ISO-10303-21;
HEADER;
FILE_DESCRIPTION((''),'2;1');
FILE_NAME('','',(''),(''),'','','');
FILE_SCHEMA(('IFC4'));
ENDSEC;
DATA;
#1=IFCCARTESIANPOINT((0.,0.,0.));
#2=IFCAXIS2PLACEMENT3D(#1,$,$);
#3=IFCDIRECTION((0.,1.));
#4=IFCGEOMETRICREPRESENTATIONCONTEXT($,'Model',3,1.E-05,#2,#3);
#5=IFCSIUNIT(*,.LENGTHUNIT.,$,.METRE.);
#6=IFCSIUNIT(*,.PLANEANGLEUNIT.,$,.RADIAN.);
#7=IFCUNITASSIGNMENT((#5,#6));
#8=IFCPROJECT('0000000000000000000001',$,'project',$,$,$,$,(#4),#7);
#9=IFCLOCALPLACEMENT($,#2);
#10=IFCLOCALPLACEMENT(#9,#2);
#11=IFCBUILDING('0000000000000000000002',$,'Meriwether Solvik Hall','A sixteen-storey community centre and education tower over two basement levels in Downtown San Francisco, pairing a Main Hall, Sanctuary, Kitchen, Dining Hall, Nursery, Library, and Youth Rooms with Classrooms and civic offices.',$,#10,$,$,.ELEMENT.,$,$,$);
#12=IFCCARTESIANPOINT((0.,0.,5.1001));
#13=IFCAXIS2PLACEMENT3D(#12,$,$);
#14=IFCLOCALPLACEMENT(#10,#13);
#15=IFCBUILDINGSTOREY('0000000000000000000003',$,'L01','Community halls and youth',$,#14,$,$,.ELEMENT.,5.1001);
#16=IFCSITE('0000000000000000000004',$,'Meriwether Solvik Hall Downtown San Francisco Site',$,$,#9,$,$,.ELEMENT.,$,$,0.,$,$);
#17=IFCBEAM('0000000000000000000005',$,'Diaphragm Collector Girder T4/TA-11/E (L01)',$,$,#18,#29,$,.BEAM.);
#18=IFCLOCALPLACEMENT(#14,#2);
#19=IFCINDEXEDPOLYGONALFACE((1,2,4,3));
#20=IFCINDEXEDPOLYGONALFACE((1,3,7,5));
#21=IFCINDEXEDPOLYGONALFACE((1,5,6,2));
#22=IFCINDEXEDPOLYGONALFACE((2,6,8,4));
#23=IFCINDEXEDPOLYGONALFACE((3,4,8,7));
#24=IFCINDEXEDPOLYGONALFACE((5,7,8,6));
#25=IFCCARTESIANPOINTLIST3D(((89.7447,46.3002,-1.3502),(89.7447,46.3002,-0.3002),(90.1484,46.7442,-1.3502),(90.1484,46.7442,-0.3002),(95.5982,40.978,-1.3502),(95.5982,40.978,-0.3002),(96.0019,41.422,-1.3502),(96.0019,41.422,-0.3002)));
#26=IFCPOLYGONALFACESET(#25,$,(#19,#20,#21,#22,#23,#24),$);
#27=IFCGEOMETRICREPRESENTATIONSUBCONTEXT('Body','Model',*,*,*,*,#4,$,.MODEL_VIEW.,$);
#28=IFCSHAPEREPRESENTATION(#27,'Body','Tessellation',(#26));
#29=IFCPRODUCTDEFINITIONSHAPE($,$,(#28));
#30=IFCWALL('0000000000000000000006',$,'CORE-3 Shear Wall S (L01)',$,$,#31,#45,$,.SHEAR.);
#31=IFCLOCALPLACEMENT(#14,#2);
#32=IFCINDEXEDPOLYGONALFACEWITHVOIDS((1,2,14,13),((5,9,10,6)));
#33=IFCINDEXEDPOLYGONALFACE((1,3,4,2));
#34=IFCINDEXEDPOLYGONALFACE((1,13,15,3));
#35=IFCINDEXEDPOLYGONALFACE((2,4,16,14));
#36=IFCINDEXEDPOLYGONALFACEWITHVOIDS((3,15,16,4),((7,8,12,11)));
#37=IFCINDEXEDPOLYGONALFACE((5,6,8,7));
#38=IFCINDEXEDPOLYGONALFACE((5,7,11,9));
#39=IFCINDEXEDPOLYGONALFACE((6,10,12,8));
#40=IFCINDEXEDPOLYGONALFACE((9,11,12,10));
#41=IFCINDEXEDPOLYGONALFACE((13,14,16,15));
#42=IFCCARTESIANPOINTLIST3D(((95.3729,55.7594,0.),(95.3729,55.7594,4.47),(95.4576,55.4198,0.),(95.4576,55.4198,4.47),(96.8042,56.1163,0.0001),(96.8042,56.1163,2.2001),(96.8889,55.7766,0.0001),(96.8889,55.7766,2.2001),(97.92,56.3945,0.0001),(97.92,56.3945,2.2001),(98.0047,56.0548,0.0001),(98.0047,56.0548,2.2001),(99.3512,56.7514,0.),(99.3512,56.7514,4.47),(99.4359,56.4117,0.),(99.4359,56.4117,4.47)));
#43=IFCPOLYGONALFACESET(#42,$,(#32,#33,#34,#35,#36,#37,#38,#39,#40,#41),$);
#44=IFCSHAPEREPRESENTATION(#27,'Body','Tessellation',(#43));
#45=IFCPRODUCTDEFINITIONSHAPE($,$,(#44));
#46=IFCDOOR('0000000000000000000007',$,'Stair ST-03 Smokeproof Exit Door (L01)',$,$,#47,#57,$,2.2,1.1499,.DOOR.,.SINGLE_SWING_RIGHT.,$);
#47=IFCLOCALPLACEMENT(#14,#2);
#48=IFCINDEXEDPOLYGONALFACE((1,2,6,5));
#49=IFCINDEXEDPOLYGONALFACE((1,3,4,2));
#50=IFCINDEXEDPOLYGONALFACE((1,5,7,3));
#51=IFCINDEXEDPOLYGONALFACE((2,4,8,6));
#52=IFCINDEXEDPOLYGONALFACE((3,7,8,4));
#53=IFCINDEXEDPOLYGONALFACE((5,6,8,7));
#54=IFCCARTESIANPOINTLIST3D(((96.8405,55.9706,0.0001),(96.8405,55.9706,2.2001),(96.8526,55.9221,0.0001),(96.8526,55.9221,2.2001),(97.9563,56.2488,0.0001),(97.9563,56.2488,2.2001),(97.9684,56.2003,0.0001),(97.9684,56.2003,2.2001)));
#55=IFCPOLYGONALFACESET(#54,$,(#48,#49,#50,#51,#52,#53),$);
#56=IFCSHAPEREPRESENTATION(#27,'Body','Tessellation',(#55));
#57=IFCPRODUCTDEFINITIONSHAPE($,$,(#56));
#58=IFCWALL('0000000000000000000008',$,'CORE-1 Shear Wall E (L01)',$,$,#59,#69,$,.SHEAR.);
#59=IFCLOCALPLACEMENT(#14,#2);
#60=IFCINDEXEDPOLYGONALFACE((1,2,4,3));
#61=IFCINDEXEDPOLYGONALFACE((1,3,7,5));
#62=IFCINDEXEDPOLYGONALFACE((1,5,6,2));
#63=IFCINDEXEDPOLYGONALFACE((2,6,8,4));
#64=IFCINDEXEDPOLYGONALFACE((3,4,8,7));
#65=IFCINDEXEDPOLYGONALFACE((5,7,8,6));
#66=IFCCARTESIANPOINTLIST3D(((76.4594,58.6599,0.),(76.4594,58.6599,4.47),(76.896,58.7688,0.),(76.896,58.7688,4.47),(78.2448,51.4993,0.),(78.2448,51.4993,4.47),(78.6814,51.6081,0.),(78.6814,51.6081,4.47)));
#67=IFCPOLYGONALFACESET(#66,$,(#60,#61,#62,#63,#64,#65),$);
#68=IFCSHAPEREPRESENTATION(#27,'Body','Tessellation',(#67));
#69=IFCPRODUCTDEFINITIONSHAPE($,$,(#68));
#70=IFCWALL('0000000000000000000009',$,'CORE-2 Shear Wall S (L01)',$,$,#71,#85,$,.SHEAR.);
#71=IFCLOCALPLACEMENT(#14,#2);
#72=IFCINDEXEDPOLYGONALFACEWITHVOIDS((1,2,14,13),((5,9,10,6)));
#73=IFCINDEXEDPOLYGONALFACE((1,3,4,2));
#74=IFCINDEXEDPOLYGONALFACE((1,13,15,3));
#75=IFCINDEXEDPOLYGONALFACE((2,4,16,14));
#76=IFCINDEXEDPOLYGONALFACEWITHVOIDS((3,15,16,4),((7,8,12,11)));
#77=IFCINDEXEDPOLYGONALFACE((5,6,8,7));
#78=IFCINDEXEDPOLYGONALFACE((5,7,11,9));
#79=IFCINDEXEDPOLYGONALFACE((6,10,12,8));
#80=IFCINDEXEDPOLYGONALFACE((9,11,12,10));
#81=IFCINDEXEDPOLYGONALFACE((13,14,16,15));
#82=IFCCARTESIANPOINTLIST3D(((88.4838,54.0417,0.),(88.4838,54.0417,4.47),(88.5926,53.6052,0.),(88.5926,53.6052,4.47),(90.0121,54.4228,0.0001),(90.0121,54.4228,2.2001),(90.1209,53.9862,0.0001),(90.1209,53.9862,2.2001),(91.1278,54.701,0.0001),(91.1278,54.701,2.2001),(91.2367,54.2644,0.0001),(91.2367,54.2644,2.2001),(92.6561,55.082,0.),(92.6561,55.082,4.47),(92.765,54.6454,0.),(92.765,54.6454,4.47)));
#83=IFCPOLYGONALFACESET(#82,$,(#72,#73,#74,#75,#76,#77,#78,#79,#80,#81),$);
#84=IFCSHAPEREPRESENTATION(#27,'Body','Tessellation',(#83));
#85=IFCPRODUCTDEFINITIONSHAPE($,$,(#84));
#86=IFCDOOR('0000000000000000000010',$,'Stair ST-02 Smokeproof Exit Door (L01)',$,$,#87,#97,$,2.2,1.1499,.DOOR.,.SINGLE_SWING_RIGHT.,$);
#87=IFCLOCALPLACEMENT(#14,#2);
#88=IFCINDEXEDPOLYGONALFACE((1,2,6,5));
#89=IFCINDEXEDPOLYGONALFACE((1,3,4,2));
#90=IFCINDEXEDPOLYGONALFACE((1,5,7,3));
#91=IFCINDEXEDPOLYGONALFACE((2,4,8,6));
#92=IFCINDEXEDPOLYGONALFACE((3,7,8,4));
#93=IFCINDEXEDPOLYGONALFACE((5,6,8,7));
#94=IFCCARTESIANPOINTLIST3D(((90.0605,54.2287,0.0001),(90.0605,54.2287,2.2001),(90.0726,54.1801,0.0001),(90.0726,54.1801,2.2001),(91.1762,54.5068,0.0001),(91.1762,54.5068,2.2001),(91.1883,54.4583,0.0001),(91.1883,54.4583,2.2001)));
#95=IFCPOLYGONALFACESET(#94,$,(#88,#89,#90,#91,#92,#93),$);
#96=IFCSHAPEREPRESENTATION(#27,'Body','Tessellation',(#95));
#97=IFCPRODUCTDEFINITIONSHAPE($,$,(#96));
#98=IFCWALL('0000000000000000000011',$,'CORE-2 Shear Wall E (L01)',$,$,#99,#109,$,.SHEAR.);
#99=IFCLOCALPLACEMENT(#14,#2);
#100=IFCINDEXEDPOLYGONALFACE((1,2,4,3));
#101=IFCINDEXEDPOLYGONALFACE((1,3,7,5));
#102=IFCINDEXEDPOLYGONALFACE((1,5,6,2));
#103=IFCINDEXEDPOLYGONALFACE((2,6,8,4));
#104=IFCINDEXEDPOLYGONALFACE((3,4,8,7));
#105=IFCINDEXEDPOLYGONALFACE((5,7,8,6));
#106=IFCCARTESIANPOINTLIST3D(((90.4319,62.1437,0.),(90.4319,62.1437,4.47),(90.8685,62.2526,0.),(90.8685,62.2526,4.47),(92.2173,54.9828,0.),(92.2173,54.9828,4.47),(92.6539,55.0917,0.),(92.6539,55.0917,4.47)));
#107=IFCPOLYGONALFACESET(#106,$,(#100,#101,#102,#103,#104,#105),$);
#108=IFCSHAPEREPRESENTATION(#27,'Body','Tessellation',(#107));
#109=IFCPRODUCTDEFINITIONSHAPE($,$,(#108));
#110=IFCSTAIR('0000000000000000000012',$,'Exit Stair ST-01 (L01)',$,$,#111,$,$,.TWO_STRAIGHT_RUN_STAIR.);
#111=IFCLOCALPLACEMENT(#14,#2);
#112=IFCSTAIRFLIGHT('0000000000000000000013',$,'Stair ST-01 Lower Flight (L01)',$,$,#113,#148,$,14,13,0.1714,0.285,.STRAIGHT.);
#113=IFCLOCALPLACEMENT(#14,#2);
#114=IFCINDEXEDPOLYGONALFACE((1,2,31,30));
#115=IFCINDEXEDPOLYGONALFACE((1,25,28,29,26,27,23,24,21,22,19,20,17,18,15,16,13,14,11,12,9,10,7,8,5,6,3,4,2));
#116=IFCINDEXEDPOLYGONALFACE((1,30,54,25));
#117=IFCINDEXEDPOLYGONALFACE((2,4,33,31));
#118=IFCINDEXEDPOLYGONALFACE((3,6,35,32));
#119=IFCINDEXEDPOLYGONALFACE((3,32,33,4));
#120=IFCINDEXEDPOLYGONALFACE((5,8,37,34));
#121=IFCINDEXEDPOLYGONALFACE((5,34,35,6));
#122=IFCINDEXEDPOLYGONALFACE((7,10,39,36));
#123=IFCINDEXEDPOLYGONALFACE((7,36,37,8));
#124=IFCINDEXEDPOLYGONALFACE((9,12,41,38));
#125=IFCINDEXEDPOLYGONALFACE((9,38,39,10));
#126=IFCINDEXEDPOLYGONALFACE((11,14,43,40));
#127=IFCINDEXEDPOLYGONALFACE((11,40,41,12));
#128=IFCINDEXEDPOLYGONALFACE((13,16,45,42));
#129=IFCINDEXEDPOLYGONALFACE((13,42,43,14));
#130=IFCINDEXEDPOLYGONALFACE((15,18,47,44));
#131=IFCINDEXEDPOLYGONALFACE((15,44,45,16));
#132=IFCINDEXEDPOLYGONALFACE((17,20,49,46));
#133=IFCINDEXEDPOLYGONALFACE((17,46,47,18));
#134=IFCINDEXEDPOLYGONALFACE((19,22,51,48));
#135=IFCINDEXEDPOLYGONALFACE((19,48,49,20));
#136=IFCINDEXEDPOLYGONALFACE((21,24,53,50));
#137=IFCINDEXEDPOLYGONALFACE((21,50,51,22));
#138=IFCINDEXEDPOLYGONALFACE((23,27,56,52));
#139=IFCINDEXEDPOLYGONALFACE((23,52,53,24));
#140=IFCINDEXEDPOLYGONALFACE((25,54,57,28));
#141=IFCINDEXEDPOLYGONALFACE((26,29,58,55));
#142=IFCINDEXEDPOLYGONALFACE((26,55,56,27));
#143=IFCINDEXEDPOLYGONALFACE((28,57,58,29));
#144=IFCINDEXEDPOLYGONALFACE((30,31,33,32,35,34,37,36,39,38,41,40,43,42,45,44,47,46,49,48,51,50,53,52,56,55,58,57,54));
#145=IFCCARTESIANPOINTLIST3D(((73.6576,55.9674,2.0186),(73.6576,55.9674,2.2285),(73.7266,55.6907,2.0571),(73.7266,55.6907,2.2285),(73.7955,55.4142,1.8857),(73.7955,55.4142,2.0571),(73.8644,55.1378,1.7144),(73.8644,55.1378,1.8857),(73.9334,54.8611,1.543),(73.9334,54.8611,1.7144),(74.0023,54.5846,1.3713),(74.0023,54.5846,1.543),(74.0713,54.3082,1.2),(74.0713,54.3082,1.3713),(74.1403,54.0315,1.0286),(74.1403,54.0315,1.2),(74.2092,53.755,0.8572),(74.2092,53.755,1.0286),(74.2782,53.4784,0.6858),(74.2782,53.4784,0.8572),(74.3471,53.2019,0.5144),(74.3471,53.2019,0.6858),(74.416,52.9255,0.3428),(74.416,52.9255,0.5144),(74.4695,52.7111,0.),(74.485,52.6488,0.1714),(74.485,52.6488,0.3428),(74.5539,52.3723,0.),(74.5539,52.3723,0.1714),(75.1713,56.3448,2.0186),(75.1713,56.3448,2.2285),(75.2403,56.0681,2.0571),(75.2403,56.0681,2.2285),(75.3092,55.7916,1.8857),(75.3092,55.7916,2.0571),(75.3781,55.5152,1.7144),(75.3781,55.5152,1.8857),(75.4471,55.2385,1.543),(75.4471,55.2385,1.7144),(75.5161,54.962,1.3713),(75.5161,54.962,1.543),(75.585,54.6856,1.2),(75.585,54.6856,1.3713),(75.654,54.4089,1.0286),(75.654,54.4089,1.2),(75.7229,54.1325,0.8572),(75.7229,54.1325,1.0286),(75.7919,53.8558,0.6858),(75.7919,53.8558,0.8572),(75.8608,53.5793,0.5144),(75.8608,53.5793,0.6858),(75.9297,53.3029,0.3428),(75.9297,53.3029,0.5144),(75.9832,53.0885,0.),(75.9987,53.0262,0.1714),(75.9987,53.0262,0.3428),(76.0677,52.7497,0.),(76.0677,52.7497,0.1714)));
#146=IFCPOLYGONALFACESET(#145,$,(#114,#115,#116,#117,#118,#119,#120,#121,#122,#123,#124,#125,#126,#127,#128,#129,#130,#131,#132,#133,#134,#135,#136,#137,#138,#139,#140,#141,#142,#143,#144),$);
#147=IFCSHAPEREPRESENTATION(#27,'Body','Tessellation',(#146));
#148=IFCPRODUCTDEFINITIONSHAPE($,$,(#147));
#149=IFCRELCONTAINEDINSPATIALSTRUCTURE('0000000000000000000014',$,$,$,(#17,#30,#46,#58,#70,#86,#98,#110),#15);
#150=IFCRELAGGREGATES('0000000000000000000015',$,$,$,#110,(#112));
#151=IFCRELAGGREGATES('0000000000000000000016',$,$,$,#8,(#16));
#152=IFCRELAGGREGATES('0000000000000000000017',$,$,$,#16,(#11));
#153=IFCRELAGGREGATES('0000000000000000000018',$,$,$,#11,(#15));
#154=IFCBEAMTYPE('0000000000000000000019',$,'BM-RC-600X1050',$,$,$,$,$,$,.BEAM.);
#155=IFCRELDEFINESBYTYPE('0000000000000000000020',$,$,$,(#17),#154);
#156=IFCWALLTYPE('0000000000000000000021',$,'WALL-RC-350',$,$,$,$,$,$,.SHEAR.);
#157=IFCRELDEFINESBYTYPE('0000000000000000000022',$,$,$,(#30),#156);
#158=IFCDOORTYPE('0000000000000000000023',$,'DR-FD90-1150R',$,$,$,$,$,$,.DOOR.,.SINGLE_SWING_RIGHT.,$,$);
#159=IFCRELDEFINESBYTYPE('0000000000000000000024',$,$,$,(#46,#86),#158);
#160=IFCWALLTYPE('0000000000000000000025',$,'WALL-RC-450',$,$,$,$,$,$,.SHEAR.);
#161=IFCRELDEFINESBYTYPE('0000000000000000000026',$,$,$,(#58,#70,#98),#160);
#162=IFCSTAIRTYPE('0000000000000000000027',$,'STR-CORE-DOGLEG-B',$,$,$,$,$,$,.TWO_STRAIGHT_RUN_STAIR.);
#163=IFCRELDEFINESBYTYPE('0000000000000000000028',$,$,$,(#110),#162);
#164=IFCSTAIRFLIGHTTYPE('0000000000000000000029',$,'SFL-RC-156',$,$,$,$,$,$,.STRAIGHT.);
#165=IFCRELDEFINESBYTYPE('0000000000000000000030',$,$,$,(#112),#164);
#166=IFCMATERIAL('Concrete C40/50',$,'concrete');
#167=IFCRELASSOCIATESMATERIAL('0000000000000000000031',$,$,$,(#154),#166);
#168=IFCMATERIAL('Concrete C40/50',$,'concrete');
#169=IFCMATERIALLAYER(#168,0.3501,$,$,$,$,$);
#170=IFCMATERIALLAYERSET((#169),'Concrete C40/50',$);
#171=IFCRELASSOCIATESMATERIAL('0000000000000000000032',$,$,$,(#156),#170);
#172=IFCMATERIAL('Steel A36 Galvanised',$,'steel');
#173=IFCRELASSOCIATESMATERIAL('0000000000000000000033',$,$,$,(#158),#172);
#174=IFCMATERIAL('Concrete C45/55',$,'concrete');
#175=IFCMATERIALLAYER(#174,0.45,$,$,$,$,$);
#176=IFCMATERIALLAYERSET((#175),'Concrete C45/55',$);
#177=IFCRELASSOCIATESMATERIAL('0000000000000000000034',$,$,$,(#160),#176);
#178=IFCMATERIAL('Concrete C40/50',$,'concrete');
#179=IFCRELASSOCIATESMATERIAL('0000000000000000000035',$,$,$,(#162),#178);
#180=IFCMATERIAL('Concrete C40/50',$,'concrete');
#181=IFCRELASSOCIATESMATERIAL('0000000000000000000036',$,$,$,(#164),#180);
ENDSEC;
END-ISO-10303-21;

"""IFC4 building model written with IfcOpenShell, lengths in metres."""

from ifc_helpers import new_model, si_unit, direction, frame, frame_2d, origin, origin_2d, place, context, subcontext, project, spatial, polyline, rectangle, outline, extrude, material, layer, layer_set, material_profile, profile_set, type_object, element, fill, aggregate, save


model = new_model("IFC4")

# Units and contexts
model_context = context("Model", 3, precision=1e-05, world=origin(), true_north=direction((0.0, 1.0)))
body_context = subcontext(model_context, "Body", "Model", "MODEL_VIEW")
ifc_project = project(units=[si_unit("LENGTHUNIT", "METRE"), si_unit("PLANEANGLEUNIT", "RADIAN")], contexts=[model_context])

# Site, building, storey
site_placement = place(None, origin())
site = spatial("IfcSite", under=ifc_project, at=site_placement, Name="Meriwether Solvik Hall Downtown San Francisco Site", CompositionType="ELEMENT", RefElevation=0.0)
building_placement = place(site_placement, origin())
building = spatial("IfcBuilding", under=site, at=building_placement, Name="Meriwether Solvik Hall", Description="A sixteen-storey community centre and education tower over two basement levels in Downtown San Francisco, pairing a Main Hall, Sanctuary, Kitchen, Dining Hall, Nursery, Library, and Youth Rooms with Classrooms and civic offices.", CompositionType="ELEMENT")
storey_placement = place(building_placement, frame((0.0, 0.0, 5.1001)))
storey = spatial("IfcBuildingStorey", under=building, at=storey_placement, Name="L01", Description="Community halls and youth", CompositionType="ELEMENT", Elevation=5.1001)

# Beam
ifc_material_1 = material(Name="Concrete C40/50", Category="concrete")
ifc_material_profile_1 = material_profile(ifc_material_1, rectangle(XDim=0.6001, YDim=1.05, at=origin_2d()), Name="RCB-600X1050")
ifc_profile_set_1 = profile_set([ifc_material_profile_1], Name="Concrete C40/50")
beam_type_1 = type_object("IfcBeamType", Name="BM-RC-600X1050", PredefinedType="BEAM", material=ifc_profile_set_1)
beam_1_placement = place(storey_placement, frame((89.9465, 46.5222, -0.8252), z_axis=(0.739884, -0.672734, 0.0), x_axis=(0.672734, 0.739884, 0.0)))
element("IfcBeam", 1, at=beam_1_placement, inside=storey, type_object=beam_type_1, Name="Diaphragm Collector Girder T4/TA-11/E (L01)", PredefinedType="BEAM", context=body_context, shape_type="SweptSolid", body=[
    extrude(rectangle(XDim=0.6001, YDim=1.05, at=origin_2d()), origin(), (0.0, 0.0, 1.0), 7.9114),
])

# Wall, opening, door
ifc_material_2 = material(Name="Concrete C40/50", Category="concrete")
ifc_layer_1 = layer(ifc_material_2, 0.3501)
ifc_layer_set_1 = layer_set([ifc_layer_1], Name="Concrete C40/50")
wall_type_1 = type_object("IfcWallType", Name="WALL-RC-350", PredefinedType="SHEAR", material=ifc_layer_set_1)
wall_1_placement = place(storey_placement, frame((95.4153, 55.5896, 0.0), z_axis=(0.0, 0.0, 1.0), x_axis=(0.970293, 0.241933, 0.0)))
wall_1 = element("IfcWall", 2, at=wall_1_placement, inside=storey, type_object=wall_type_1, Name="CORE-3 Shear Wall S (L01)", PredefinedType="SHEAR", context=body_context, shape_type="SweptSolid", body=[
    extrude(rectangle(XDim=4.1001, YDim=0.3501, at=frame_2d((2.05, 0.0))), origin(), (0.0, 0.0, 1.0), 4.47),
])
opening_1_placement = place(wall_1_placement, frame((1.4751, 0.0, 0.0)))
opening_1 = element("IfcOpeningElement", 3, at=opening_1_placement, cuts=wall_1, PredefinedType="OPENING", context=body_context, shape_type="SweptSolid", body=[
    extrude(rectangle(XDim=1.1499, YDim=2.2, at=frame_2d((0.575, 1.1001))), frame((0.0, 0.187, 0.0), z_axis=(0.0, -1.0, 0.0), x_axis=(1.0, 0.0, 0.0)), (0.0, 0.0, 1.0), 0.374),
])
ifc_material_3 = material(Name="Steel A36 Galvanised", Category="steel")
door_type = type_object("IfcDoorType", Name="DR-FD90-1150R", OperationType="SINGLE_SWING_RIGHT", PredefinedType="DOOR", material=ifc_material_3)
door_1_placement = place(opening_1_placement, origin())
door_1 = element("IfcDoor", 4, at=door_1_placement, inside=storey, type_object=door_type, Name="Stair ST-03 Smokeproof Exit Door (L01)", OperationType="SINGLE_SWING_RIGHT", OverallHeight=2.2, OverallWidth=1.1499, PredefinedType="DOOR", context=body_context, shape_type="SweptSolid", body=[
    extrude(rectangle(XDim=1.1499, YDim=2.2, at=frame_2d((0.575, 1.1001))), frame((0.0, 0.0249, 0.0), z_axis=(0.0, -1.0, 0.0), x_axis=(1.0, 0.0, 0.0)), (0.0, 0.0, 1.0), 0.05),
])
fill(opening_1, door_1)

# Wall
ifc_material_4 = material(Name="Concrete C45/55", Category="concrete")
ifc_layer_2 = layer(ifc_material_4, 0.45)
ifc_layer_set_2 = layer_set([ifc_layer_2], Name="Concrete C45/55")
wall_type_2 = type_object("IfcWallType", Name="WALL-RC-450", PredefinedType="SHEAR", material=ifc_layer_set_2)
wall_2_placement = place(storey_placement, frame((78.4631, 51.5537, 0.0), z_axis=(0.0, 0.0, 1.0), x_axis=(-0.241928, 0.970294, 0.0)))
element("IfcWall", 5, at=wall_2_placement, inside=storey, type_object=wall_type_2, Name="CORE-1 Shear Wall E (L01)", PredefinedType="SHEAR", context=body_context, shape_type="SweptSolid", body=[
    extrude(rectangle(XDim=7.3799, YDim=0.45, at=frame_2d((3.6899, 0.0))), origin(), (0.0, 0.0, 1.0), 4.47),
])

# Wall, opening, door
wall_3_placement = place(storey_placement, frame((88.5383, 53.8235, 0.0), z_axis=(0.0, 0.0, 1.0), x_axis=(0.970296, 0.241921, 0.0)))
wall_3 = element("IfcWall", 6, at=wall_3_placement, inside=storey, type_object=wall_type_2, Name="CORE-2 Shear Wall S (L01)", PredefinedType="SHEAR", context=body_context, shape_type="SweptSolid", body=[
    extrude(rectangle(XDim=4.3, YDim=0.45, at=frame_2d((2.1499, 0.0))), origin(), (0.0, 0.0, 1.0), 4.47),
])
opening_2_placement = place(wall_3_placement, frame((1.575, 0.0, 0.0)))
opening_2 = element("IfcOpeningElement", 7, at=opening_2_placement, cuts=wall_3, PredefinedType="OPENING", context=body_context, shape_type="SweptSolid", body=[
    extrude(rectangle(XDim=1.1499, YDim=2.2, at=frame_2d((0.575, 1.1001))), frame((0.0, 0.2368, 0.0), z_axis=(0.0, -1.0, 0.0), x_axis=(1.0, 0.0, 0.0)), (0.0, 0.0, 1.0), 0.4739),
])
door_2_placement = place(opening_2_placement, origin())
door_2 = element("IfcDoor", 8, at=door_2_placement, inside=storey, type_object=door_type, Name="Stair ST-02 Smokeproof Exit Door (L01)", OperationType="SINGLE_SWING_RIGHT", OverallHeight=2.2, OverallWidth=1.1499, PredefinedType="DOOR", context=body_context, shape_type="SweptSolid", body=[
    extrude(rectangle(XDim=1.1499, YDim=2.2, at=frame_2d((0.575, 1.1001))), frame((0.0, 0.0249, 0.0), z_axis=(0.0, -1.0, 0.0), x_axis=(1.0, 0.0, 0.0)), (0.0, 0.0, 1.0), 0.05),
])
fill(opening_2, door_2)

# Wall
wall_4_placement = place(storey_placement, frame((92.4355, 55.0374, 0.0), z_axis=(0.0, 0.0, 1.0), x_axis=(-0.241921, 0.970296, 0.0)))
element("IfcWall", 9, at=wall_4_placement, inside=storey, type_object=wall_type_2, Name="CORE-2 Shear Wall E (L01)", PredefinedType="SHEAR", context=body_context, shape_type="SweptSolid", body=[
    extrude(rectangle(XDim=7.3801, YDim=0.45, at=frame_2d((3.6899, 0.0))), origin(), (0.0, 0.0, 1.0), 4.47),
])

# Stair, stair flight
ifc_material_5 = material(Name="Concrete C40/50", Category="concrete")
stair_type = type_object("IfcStairType", Name="STR-CORE-DOGLEG-B", PredefinedType="TWO_STRAIGHT_RUN_STAIR", material=ifc_material_5)
stair_placement = place(storey_placement, origin())
stair = element("IfcStair", 10, at=stair_placement, inside=storey, type_object=stair_type, Name="Exit Stair ST-01 (L01)", PredefinedType="TWO_STRAIGHT_RUN_STAIR")
ifc_material_6 = material(Name="Concrete C40/50", Category="concrete")
stair_flight_type = type_object("IfcStairFlightType", Name="SFL-RC-156", PredefinedType="STRAIGHT", material=ifc_material_6)
stair_flight_placement = place(storey_placement, frame((75.3108, 52.561, 0.0), z_axis=(0.0, 0.0, 1.0), x_axis=(-0.241922, 0.970296, 0.0)))
stair_flight = element("IfcStairFlight", 11, at=stair_flight_placement, type_object=stair_flight_type, Name="Stair ST-01 Lower Flight (L01)", NumberOfRisers=14, NumberOfTreads=13, PredefinedType="STRAIGHT", RiserHeight=0.1714, TreadLength=0.285, context=body_context, shape_type="SweptSolid", body=[
    extrude(outline(polyline([(0.0, 0.0), (0.0, 0.1714), (0.2849, 0.1714), (0.2849, 0.3428), (0.5701, 0.3428), (0.5701, 0.5144), (0.855, 0.5144), (0.855, 0.6858), (1.1399, 0.6858), (1.1399, 0.8572), (1.425, 0.8572), (1.425, 1.0286), (1.71, 1.0286), (1.71, 1.2), (1.9951, 1.2), (1.9951, 1.3713), (2.28, 1.3713), (2.28, 1.543), (2.5649, 1.543), (2.5649, 1.7144), (2.8501, 1.7144), (2.8501, 1.8857), (3.135, 1.8857), (3.135, 2.0571), (3.4199, 2.0571), (3.4199, 2.2285), (3.7051, 2.2285), (3.7051, 2.3999), (3.7051, 2.0186), (0.3491, 0.0), (0.0, 0.0)])), frame((0.0, 0.78, 0.0), z_axis=(0.0, -1.0, 0.0), x_axis=(1.0, 0.0, 0.0)), (0.0, 0.0, 1.0), 1.5601),
])
aggregate(stair, [stair_flight])

save(model, "model.ifc")
